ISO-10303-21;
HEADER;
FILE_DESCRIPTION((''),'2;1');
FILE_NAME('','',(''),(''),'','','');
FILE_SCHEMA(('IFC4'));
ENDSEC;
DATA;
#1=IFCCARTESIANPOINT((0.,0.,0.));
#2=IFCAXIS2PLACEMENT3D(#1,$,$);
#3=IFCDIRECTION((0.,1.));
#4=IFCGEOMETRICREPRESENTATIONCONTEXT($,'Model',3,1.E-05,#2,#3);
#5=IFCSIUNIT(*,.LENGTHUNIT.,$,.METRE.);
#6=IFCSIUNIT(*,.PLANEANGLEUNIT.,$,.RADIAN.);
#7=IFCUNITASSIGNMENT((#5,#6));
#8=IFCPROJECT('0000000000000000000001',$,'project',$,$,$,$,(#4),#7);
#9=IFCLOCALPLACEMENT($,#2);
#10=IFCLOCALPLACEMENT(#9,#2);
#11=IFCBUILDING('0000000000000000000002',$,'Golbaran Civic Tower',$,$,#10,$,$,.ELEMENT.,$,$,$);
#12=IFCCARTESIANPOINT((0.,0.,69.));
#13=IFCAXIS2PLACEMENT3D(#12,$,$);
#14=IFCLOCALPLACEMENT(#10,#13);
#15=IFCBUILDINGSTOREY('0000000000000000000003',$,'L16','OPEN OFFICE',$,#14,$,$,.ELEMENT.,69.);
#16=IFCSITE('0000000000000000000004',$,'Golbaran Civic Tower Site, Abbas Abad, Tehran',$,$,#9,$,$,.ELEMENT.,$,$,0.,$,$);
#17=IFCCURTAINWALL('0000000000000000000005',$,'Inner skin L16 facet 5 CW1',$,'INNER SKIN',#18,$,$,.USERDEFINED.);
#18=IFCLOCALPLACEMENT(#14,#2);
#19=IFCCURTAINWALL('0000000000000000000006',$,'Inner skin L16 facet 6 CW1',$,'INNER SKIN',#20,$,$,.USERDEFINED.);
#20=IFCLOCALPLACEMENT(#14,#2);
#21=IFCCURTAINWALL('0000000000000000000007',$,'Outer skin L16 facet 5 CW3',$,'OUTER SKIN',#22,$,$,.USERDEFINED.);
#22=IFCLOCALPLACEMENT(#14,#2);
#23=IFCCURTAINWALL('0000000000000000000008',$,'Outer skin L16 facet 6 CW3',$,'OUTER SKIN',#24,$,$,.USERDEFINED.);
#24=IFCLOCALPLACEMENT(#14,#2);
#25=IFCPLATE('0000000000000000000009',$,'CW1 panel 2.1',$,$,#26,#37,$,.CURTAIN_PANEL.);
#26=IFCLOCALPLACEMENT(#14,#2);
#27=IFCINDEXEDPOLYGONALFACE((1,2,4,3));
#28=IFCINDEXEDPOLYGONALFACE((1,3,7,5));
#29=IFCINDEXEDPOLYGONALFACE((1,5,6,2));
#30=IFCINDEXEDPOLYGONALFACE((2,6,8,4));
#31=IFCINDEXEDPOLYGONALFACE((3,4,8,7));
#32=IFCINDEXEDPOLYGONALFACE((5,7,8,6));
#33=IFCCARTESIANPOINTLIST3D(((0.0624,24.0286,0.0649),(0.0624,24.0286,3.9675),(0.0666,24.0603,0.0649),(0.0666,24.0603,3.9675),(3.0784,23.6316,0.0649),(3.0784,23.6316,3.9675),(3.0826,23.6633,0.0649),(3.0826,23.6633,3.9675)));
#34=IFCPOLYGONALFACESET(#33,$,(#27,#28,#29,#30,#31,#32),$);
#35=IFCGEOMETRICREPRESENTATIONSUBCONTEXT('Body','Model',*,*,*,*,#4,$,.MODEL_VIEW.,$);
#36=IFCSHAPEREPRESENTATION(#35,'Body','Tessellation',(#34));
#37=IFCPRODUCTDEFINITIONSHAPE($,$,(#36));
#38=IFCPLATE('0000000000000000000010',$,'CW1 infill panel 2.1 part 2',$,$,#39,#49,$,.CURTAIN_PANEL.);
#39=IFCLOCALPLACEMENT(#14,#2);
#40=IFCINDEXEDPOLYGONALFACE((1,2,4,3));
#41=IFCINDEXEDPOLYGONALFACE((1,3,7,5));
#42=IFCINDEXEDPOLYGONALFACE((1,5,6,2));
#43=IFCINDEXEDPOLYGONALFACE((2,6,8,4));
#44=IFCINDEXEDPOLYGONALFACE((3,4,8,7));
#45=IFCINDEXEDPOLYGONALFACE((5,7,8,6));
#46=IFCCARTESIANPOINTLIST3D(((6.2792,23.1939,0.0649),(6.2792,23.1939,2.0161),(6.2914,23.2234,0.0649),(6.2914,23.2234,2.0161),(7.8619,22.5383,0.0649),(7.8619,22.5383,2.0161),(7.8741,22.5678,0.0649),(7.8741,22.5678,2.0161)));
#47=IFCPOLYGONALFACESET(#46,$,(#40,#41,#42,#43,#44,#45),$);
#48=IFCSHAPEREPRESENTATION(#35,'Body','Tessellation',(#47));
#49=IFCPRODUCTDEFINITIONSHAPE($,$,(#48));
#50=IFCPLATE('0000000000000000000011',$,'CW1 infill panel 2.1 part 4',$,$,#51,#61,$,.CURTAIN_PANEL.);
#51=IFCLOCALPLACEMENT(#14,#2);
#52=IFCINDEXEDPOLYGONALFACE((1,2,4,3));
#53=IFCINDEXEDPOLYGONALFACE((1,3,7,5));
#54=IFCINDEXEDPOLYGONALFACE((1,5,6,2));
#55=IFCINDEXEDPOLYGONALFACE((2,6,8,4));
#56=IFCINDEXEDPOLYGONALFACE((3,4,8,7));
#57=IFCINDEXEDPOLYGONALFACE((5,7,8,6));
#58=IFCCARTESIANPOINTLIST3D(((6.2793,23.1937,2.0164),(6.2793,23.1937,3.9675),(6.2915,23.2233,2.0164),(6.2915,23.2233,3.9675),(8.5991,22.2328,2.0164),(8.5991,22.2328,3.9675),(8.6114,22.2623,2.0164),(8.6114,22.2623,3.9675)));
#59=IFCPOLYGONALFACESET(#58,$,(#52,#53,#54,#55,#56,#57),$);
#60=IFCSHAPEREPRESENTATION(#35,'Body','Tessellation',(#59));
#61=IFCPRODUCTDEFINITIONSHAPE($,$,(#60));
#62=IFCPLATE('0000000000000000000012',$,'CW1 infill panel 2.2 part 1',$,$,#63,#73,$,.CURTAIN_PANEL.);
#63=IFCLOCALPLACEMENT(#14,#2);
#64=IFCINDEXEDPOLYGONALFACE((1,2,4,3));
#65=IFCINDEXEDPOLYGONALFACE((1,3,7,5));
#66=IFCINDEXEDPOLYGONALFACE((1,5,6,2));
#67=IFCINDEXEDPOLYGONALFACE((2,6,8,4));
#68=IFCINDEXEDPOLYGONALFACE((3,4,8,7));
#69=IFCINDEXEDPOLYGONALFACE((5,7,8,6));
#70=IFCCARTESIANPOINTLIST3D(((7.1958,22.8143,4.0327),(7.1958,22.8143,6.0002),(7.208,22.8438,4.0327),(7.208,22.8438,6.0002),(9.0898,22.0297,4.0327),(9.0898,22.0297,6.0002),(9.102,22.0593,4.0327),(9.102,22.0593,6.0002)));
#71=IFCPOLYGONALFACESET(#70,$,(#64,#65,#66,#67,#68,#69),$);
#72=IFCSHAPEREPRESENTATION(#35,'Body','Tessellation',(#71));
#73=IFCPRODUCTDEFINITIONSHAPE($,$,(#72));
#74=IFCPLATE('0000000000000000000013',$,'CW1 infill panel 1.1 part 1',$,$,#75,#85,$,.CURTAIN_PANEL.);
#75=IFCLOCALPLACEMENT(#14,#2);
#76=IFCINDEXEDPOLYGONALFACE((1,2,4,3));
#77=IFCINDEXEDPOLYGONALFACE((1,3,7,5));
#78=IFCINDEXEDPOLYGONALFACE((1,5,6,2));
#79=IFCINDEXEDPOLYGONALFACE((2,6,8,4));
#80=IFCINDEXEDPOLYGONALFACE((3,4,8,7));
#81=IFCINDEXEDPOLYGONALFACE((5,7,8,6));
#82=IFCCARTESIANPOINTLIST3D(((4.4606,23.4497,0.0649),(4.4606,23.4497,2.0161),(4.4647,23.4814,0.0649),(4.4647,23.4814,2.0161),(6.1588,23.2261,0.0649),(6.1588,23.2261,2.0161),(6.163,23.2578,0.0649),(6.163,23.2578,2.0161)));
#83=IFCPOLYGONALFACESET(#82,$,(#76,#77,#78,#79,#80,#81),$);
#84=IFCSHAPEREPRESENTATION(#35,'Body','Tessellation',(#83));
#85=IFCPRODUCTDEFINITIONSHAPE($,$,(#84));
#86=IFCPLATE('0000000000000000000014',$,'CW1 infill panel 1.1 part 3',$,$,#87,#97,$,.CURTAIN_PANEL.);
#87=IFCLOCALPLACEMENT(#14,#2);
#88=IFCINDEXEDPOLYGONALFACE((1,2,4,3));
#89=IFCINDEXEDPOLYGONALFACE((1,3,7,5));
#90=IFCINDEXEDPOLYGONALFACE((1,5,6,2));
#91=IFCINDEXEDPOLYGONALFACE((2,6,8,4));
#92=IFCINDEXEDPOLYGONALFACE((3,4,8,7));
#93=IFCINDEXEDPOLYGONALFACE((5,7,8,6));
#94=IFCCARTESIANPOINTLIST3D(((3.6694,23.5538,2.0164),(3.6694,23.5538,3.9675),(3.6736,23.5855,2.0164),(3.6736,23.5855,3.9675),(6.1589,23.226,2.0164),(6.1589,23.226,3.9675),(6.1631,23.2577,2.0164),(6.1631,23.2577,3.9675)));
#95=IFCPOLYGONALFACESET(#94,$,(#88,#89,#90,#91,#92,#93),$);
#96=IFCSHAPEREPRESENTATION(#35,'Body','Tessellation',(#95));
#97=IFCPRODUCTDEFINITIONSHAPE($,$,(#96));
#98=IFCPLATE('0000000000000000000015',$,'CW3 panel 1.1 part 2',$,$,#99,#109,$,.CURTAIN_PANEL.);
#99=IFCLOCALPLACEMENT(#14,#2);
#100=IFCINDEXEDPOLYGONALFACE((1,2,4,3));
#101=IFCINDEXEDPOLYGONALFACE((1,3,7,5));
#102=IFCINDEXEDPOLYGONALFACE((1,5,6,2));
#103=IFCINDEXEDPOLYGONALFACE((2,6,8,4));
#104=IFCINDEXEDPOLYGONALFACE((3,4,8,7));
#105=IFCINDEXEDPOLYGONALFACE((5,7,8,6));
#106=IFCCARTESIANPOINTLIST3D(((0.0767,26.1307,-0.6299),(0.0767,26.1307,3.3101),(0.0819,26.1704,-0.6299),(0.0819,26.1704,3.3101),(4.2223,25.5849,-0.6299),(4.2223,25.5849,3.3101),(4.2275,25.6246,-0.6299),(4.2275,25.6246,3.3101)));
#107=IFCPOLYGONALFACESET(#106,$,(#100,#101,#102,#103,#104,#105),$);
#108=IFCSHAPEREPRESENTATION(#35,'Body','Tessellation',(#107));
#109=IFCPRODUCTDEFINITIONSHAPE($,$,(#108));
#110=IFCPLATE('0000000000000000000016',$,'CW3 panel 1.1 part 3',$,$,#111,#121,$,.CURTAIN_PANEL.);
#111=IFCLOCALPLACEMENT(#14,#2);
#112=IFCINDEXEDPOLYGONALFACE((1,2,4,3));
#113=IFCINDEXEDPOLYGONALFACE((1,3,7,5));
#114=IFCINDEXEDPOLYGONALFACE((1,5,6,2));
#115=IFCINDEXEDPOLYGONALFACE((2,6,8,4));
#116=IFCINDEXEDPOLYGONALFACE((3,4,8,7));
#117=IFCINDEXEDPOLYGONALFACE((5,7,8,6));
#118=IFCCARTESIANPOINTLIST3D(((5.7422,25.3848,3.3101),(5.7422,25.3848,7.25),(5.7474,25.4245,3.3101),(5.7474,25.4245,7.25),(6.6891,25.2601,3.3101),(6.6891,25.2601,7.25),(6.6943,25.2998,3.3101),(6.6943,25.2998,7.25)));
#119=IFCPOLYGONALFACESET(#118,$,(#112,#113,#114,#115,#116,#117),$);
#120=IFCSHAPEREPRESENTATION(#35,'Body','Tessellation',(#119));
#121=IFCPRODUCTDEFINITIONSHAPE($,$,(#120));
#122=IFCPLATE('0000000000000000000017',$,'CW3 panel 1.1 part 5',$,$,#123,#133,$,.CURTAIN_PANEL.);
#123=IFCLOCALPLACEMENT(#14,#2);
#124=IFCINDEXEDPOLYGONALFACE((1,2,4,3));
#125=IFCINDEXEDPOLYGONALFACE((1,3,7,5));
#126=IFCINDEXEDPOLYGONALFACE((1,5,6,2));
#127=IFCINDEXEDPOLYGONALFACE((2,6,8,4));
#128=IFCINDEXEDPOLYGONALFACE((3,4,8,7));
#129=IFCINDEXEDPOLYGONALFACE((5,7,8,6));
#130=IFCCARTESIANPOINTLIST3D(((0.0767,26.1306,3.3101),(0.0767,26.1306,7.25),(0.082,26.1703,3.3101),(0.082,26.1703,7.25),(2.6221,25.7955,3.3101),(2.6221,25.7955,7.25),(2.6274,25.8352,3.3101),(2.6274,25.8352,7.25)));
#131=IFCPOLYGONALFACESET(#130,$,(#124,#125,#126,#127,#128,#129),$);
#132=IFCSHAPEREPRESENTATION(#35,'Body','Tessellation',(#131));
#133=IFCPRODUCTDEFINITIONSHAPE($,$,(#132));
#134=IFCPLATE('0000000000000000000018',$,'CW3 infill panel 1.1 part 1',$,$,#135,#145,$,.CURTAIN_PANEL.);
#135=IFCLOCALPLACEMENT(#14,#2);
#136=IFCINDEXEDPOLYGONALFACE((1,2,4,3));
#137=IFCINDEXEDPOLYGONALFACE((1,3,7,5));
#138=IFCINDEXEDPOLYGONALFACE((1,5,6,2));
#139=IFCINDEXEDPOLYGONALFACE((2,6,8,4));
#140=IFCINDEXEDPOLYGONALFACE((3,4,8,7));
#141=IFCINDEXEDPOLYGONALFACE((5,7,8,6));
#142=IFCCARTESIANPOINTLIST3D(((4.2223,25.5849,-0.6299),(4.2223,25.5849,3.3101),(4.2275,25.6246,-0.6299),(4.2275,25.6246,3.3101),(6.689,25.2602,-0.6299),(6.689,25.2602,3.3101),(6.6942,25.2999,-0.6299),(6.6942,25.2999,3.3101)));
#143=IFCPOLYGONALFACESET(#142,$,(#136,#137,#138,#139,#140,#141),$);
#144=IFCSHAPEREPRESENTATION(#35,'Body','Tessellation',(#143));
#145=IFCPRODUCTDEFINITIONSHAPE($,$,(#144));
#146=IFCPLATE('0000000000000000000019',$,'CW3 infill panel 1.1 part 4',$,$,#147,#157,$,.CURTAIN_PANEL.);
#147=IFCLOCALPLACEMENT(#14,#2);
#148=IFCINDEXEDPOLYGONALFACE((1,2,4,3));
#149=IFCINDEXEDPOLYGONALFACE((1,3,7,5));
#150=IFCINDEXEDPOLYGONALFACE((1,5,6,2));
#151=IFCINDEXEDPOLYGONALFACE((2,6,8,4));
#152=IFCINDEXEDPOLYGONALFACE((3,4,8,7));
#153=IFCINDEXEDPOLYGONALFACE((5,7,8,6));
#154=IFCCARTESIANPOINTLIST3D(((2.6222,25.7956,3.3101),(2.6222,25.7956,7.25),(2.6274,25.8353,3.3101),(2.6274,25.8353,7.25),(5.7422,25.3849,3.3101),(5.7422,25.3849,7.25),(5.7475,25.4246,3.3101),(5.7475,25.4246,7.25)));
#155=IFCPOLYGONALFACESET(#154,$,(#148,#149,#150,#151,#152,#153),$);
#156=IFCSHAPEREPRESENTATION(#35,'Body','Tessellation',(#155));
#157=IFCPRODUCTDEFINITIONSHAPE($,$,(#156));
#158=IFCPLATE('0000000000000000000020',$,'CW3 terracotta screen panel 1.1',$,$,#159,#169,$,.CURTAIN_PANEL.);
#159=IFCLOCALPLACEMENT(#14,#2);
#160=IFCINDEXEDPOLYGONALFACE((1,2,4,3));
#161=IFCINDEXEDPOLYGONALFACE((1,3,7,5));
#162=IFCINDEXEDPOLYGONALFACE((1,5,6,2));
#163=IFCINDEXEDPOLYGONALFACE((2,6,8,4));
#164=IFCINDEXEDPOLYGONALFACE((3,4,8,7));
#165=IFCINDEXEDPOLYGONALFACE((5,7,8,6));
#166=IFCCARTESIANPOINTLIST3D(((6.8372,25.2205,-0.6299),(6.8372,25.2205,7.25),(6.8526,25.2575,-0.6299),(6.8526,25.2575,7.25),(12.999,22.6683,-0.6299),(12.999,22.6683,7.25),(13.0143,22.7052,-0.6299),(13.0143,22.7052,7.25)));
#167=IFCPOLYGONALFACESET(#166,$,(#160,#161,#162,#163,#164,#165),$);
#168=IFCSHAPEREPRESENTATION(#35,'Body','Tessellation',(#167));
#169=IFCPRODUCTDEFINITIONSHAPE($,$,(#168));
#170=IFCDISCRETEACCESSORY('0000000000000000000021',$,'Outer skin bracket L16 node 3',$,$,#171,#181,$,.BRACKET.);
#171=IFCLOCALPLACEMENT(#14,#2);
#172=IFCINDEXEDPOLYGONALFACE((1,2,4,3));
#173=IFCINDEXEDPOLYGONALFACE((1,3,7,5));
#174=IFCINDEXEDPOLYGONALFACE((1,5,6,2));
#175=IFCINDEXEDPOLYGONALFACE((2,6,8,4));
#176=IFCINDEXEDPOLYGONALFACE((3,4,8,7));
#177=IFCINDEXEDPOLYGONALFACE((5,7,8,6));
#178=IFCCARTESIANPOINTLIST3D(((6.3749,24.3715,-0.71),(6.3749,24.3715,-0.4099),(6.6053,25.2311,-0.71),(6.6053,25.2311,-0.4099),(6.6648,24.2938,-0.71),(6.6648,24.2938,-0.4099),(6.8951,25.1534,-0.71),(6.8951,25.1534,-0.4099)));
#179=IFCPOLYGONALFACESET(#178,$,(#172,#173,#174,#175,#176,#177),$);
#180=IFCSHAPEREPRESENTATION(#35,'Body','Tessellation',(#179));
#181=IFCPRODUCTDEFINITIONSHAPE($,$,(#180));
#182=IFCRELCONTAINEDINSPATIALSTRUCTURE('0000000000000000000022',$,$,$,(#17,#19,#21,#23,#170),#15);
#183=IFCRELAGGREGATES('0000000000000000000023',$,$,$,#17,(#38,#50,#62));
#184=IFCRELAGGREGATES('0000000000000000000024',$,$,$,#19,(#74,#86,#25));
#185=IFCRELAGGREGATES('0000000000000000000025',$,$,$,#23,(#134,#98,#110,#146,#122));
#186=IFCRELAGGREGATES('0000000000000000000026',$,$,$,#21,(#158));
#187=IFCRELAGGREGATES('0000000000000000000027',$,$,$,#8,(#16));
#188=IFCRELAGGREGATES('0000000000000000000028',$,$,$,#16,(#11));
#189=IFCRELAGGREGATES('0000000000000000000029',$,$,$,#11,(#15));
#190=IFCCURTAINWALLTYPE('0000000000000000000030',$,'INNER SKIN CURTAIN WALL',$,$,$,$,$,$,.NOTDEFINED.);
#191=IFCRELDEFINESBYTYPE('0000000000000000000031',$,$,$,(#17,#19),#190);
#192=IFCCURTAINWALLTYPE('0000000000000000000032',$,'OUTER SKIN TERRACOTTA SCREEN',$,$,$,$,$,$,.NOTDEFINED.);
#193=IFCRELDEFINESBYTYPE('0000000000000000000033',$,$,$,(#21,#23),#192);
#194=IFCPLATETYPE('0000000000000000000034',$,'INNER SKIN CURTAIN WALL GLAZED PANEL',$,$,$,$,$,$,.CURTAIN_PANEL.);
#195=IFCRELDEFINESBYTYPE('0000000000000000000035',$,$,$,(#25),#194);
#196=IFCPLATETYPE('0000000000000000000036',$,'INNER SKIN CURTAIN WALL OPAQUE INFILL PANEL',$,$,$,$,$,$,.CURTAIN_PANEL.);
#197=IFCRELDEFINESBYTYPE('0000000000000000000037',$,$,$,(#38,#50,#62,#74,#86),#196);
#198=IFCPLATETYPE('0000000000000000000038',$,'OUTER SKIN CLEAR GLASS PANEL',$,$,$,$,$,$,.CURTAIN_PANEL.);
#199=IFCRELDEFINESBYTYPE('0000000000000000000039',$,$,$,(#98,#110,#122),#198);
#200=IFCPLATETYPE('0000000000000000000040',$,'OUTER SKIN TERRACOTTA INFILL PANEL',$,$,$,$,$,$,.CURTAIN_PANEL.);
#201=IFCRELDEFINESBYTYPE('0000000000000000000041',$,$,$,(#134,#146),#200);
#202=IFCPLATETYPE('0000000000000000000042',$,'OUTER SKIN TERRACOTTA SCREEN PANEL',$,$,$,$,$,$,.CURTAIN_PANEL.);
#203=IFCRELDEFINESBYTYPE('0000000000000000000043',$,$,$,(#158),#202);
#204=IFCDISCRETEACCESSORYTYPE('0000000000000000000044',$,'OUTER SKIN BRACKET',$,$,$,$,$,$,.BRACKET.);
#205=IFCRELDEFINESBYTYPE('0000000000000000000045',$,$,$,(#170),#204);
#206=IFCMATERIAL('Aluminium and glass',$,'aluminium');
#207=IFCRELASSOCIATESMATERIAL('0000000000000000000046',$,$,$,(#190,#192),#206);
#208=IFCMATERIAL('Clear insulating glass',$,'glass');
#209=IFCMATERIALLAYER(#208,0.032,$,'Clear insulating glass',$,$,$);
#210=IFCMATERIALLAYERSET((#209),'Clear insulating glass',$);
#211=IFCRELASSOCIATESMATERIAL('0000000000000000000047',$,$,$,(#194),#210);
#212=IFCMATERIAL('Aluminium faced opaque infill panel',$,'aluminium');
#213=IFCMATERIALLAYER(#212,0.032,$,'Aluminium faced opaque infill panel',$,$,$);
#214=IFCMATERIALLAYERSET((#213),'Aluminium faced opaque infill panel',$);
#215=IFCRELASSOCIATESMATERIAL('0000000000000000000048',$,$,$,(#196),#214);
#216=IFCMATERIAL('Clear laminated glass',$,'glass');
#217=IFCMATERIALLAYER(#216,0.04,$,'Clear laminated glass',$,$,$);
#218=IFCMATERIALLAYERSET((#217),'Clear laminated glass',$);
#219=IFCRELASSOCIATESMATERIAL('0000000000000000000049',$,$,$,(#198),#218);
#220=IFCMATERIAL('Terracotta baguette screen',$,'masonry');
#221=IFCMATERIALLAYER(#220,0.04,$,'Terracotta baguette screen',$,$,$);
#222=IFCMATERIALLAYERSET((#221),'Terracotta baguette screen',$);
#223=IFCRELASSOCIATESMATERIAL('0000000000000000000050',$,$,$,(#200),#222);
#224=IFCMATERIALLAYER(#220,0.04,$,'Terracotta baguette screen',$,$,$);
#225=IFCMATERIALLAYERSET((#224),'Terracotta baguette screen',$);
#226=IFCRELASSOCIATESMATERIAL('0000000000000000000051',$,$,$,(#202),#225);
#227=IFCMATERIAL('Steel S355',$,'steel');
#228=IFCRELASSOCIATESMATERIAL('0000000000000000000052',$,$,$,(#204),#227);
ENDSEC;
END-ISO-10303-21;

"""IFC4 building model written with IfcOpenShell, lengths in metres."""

from ifc_helpers import new_model, si_unit, direction, frame, origin, origin_2d, place, context, subcontext, project, spatial, rectangle, extrude, material, layer, layer_set, type_object, element, aggregate, save


model = new_model("IFC4")

# Units and contexts
model_context = context("Model", 3, precision=1e-05, world=origin(), true_north=direction((0.0, 1.0)))
body_context = subcontext(model_context, "Body", "Model", "MODEL_VIEW")
ifc_project = project(units=[si_unit("LENGTHUNIT", "METRE"), si_unit("PLANEANGLEUNIT", "RADIAN")], contexts=[model_context])

# Site, building, storey
site_placement = place(None, origin())
site = spatial("IfcSite", under=ifc_project, at=site_placement, Name="Golbaran Civic Tower Site, Abbas Abad, Tehran", CompositionType="ELEMENT", RefElevation=0.0)
building_placement = place(site_placement, origin())
building = spatial("IfcBuilding", under=site, at=building_placement, Name="Golbaran Civic Tower", CompositionType="ELEMENT")
storey_placement = place(building_placement, frame((0.0, 0.0, 69.0)))
storey = spatial("IfcBuildingStorey", under=building, at=storey_placement, Name="L16", Description="OPEN OFFICE", CompositionType="ELEMENT", Elevation=69.0)

# Shared definitions
ifc_material_1 = material(Name="Steel S355", Category="steel")

# Curtain wall
ifc_material_2 = material(Name="Aluminium and glass", Category="aluminium")
curtain_wall_type_1 = type_object("IfcCurtainWallType", Name="INNER SKIN CURTAIN WALL", PredefinedType="NOTDEFINED", material=ifc_material_2)
curtain_wall_1_placement = place(storey_placement, origin())
curtain_wall_1 = element("IfcCurtainWall", 1, at=curtain_wall_1_placement, inside=storey, type_object=curtain_wall_type_1, Name="Inner skin L16 facet 5 CW1", ObjectType="INNER SKIN", PredefinedType="USERDEFINED")

# Curtain wall
curtain_wall_2_placement = place(storey_placement, origin())
curtain_wall_2 = element("IfcCurtainWall", 2, at=curtain_wall_2_placement, inside=storey, type_object=curtain_wall_type_1, Name="Inner skin L16 facet 6 CW1", ObjectType="INNER SKIN", PredefinedType="USERDEFINED")

# Shared definitions
curtain_wall_type_2 = type_object("IfcCurtainWallType", Name="OUTER SKIN TERRACOTTA SCREEN", PredefinedType="NOTDEFINED", material=ifc_material_2)

# Curtain walls
curtain_wall_3_placement = place(storey_placement, origin())
curtain_wall_3 = element("IfcCurtainWall", 3, at=curtain_wall_3_placement, inside=storey, type_object=curtain_wall_type_2, Name="Outer skin L16 facet 5 CW3", ObjectType="OUTER SKIN", PredefinedType="USERDEFINED")
curtain_wall_4_placement = place(storey_placement, origin())
curtain_wall_4 = element("IfcCurtainWall", 4, at=curtain_wall_4_placement, inside=storey, type_object=curtain_wall_type_2, Name="Outer skin L16 facet 6 CW3", ObjectType="OUTER SKIN", PredefinedType="USERDEFINED")

# Plates
ifc_material_3 = material(Name="Clear insulating glass", Category="glass")
ifc_layer_1 = layer(ifc_material_3, 0.032, Name="Clear insulating glass")
ifc_layer_set_1 = layer_set([ifc_layer_1], Name="Clear insulating glass")
plate_type_1 = type_object("IfcPlateType", Name="INNER SKIN CURTAIN WALL GLAZED PANEL", PredefinedType="CURTAIN_PANEL", material=ifc_layer_set_1)
plate_1_placement = place(storey_placement, frame((1.5725, 23.8459, 0.0649), z_axis=(0.0, 0.0, 1.0), x_axis=(-0.991445, 0.130526, 0.0)))
plate_1 = element("IfcPlate", 5, at=plate_1_placement, type_object=plate_type_1, Name="CW1 panel 2.1", PredefinedType="CURTAIN_PANEL", context=body_context, shape_type="SweptSolid", body=[
    extrude(rectangle(XDim=3.042, YDim=0.032, at=origin_2d()), origin(), (0.0, 0.0, 1.0), 3.9026),
])
ifc_material_4 = material(Name="Aluminium faced opaque infill panel", Category="aluminium")
ifc_layer_2 = layer(ifc_material_4, 0.032, Name="Aluminium faced opaque infill panel")
ifc_layer_set_2 = layer_set([ifc_layer_2], Name="Aluminium faced opaque infill panel")
plate_type_2 = type_object("IfcPlateType", Name="INNER SKIN CURTAIN WALL OPAQUE INFILL PANEL", PredefinedType="CURTAIN_PANEL", material=ifc_layer_set_2)
plate_2_placement = place(storey_placement, frame((7.0767, 22.8809, 0.0649), z_axis=(0.0, 0.0, 1.0), x_axis=(-0.92388, 0.382683, 0.0)))
plate_2 = element("IfcPlate", 6, at=plate_2_placement, type_object=plate_type_2, Name="CW1 infill panel 2.1 part 2", PredefinedType="CURTAIN_PANEL", context=body_context, shape_type="SweptSolid", body=[
    extrude(rectangle(XDim=1.7131, YDim=0.032, at=origin_2d()), origin(), (0.0, 0.0, 1.0), 1.9512),
])
plate_3_placement = place(storey_placement, frame((7.4453, 22.728, 2.0164), z_axis=(0.0, 0.0, 1.0), x_axis=(-0.92388, 0.382683, 0.0)))
plate_3 = element("IfcPlate", 7, at=plate_3_placement, type_object=plate_type_2, Name="CW1 infill panel 2.1 part 4", PredefinedType="CURTAIN_PANEL", context=body_context, shape_type="SweptSolid", body=[
    extrude(rectangle(XDim=2.511, YDim=0.032, at=origin_2d()), origin(), (0.0, 0.0, 1.0), 1.9512),
])
plate_4_placement = place(storey_placement, frame((8.1489, 22.4368, 4.0327), z_axis=(0.0, 0.0, 1.0), x_axis=(-0.92388, 0.382683, 0.0)))
plate_4 = element("IfcPlate", 8, at=plate_4_placement, type_object=plate_type_2, Name="CW1 infill panel 2.2 part 1", PredefinedType="CURTAIN_PANEL", context=body_context, shape_type="SweptSolid", body=[
    extrude(rectangle(XDim=2.05, YDim=0.032, at=origin_2d()), origin(), (0.0, 0.0, 1.0), 1.9675),
])
aggregate(curtain_wall_1, [plate_2, plate_3, plate_4])
plate_5_placement = place(storey_placement, frame((5.3118, 23.3538, 0.0649), z_axis=(0.0, 0.0, 1.0), x_axis=(-0.991445, 0.130526, 0.0)))
plate_5 = element("IfcPlate", 9, at=plate_5_placement, type_object=plate_type_2, Name="CW1 infill panel 1.1 part 1", PredefinedType="CURTAIN_PANEL", context=body_context, shape_type="SweptSolid", body=[
    extrude(rectangle(XDim=1.7129, YDim=0.032, at=origin_2d()), origin(), (0.0, 0.0, 1.0), 1.9512),
])
plate_6_placement = place(storey_placement, frame((4.9163, 23.4058, 2.0164), z_axis=(0.0, 0.0, 1.0), x_axis=(-0.991445, 0.130526, 0.0)))
plate_6 = element("IfcPlate", 10, at=plate_6_placement, type_object=plate_type_2, Name="CW1 infill panel 1.1 part 3", PredefinedType="CURTAIN_PANEL", context=body_context, shape_type="SweptSolid", body=[
    extrude(rectangle(XDim=2.511, YDim=0.032, at=origin_2d()), origin(), (0.0, 0.0, 1.0), 1.9512),
])
aggregate(curtain_wall_2, [plate_5, plate_6, plate_1])
ifc_material_5 = material(Name="Clear laminated glass", Category="glass")
ifc_layer_3 = layer(ifc_material_5, 0.04, Name="Clear laminated glass")
ifc_layer_set_3 = layer_set([ifc_layer_3], Name="Clear laminated glass")
plate_type_3 = type_object("IfcPlateType", Name="OUTER SKIN CLEAR GLASS PANEL", PredefinedType="CURTAIN_PANEL", material=ifc_layer_set_3)
plate_7_placement = place(storey_placement, frame((2.1521, 25.8777, -0.6299), z_axis=(0.0, 0.0, 1.0), x_axis=(-0.991445, 0.130526, 0.0)))
plate_7 = element("IfcPlate", 11, at=plate_7_placement, type_object=plate_type_3, Name="CW3 panel 1.1 part 2", PredefinedType="CURTAIN_PANEL", context=body_context, shape_type="SweptSolid", body=[
    extrude(rectangle(XDim=4.1814, YDim=0.04, at=origin_2d()), origin(), (0.0, 0.0, 1.0), 3.9399),
])
plate_8_placement = place(storey_placement, frame((6.2183, 25.3423, 3.3101), z_axis=(0.0, 0.0, 1.0), x_axis=(-0.991445, 0.130526, 0.0)))
plate_8 = element("IfcPlate", 12, at=plate_8_placement, type_object=plate_type_3, Name="CW3 panel 1.1 part 3", PredefinedType="CURTAIN_PANEL", context=body_context, shape_type="SweptSolid", body=[
    extrude(rectangle(XDim=0.9551, YDim=0.04, at=origin_2d()), origin(), (0.0, 0.0, 1.0), 3.9399),
])
plate_9_placement = place(storey_placement, frame((1.3521, 25.9829, 3.3101), z_axis=(0.0, 0.0, 1.0), x_axis=(-0.991445, 0.130526, 0.0)))
plate_9 = element("IfcPlate", 13, at=plate_9_placement, type_object=plate_type_3, Name="CW3 panel 1.1 part 5", PredefinedType="CURTAIN_PANEL", context=body_context, shape_type="SweptSolid", body=[
    extrude(rectangle(XDim=2.5674, YDim=0.04, at=origin_2d()), origin(), (0.0, 0.0, 1.0), 3.9399),
])
ifc_material_6 = material(Name="Terracotta baguette screen", Category="masonry")
ifc_layer_4 = layer(ifc_material_6, 0.04, Name="Terracotta baguette screen")
ifc_layer_set_4 = layer_set([ifc_layer_4], Name="Terracotta baguette screen")
plate_type_4 = type_object("IfcPlateType", Name="OUTER SKIN TERRACOTTA INFILL PANEL", PredefinedType="CURTAIN_PANEL", material=ifc_layer_set_4)
plate_10_placement = place(storey_placement, frame((5.4583, 25.4424, -0.6299), z_axis=(0.0, 0.0, 1.0), x_axis=(-0.991445, 0.130526, 0.0)))
plate_10 = element("IfcPlate", 14, at=plate_10_placement, type_object=plate_type_4, Name="CW3 infill panel 1.1 part 1", PredefinedType="CURTAIN_PANEL", context=body_context, shape_type="SweptSolid", body=[
    extrude(rectangle(XDim=2.488, YDim=0.04, at=origin_2d()), origin(), (0.0, 0.0, 1.0), 3.9399),
])
plate_11_placement = place(storey_placement, frame((4.1848, 25.6101, 3.3101), z_axis=(0.0, 0.0, 1.0), x_axis=(-0.991445, 0.130526, 0.0)))
plate_11 = element("IfcPlate", 15, at=plate_11_placement, type_object=plate_type_4, Name="CW3 infill panel 1.1 part 4", PredefinedType="CURTAIN_PANEL", context=body_context, shape_type="SweptSolid", body=[
    extrude(rectangle(XDim=3.147, YDim=0.04, at=origin_2d()), origin(), (0.0, 0.0, 1.0), 3.9399),
])
aggregate(curtain_wall_4, [plate_10, plate_7, plate_8, plate_11, plate_9])
ifc_layer_5 = layer(ifc_material_6, 0.04, Name="Terracotta baguette screen")
ifc_layer_set_5 = layer_set([ifc_layer_5], Name="Terracotta baguette screen")
plate_type_5 = type_object("IfcPlateType", Name="OUTER SKIN TERRACOTTA SCREEN PANEL", PredefinedType="CURTAIN_PANEL", material=ifc_layer_set_5)
plate_12_placement = place(storey_placement, frame((9.9258, 23.9629, -0.6299), z_axis=(0.0, 0.0, 1.0), x_axis=(-0.92388, 0.382683, 0.0)))
plate_12 = element("IfcPlate", 16, at=plate_12_placement, type_object=plate_type_5, Name="CW3 terracotta screen panel 1.1", PredefinedType="CURTAIN_PANEL", context=body_context, shape_type="SweptSolid", body=[
    extrude(rectangle(XDim=6.6694, YDim=0.04, at=origin_2d()), origin(), (0.0, 0.0, 1.0), 7.8799),
])
aggregate(curtain_wall_3, [plate_12])

# Discrete accessory
discrete_accessory_type = type_object("IfcDiscreteAccessoryType", Name="OUTER SKIN BRACKET", PredefinedType="BRACKET", material=ifc_material_1)
discrete_accessory_placement = place(storey_placement, frame((6.635, 24.7625, -0.71), z_axis=(0.0, 0.0, 1.0), x_axis=(0.258819, 0.965926, 0.0)))
element("IfcDiscreteAccessory", 17, at=discrete_accessory_placement, inside=storey, type_object=discrete_accessory_type, Name="Outer skin bracket L16 node 3", PredefinedType="BRACKET", context=body_context, shape_type="SweptSolid", body=[
    extrude(rectangle(XDim=0.8899, YDim=0.3, at=origin_2d()), origin(), (0.0, 0.0, 1.0), 0.3),
])

save(model, "model.ifc")
